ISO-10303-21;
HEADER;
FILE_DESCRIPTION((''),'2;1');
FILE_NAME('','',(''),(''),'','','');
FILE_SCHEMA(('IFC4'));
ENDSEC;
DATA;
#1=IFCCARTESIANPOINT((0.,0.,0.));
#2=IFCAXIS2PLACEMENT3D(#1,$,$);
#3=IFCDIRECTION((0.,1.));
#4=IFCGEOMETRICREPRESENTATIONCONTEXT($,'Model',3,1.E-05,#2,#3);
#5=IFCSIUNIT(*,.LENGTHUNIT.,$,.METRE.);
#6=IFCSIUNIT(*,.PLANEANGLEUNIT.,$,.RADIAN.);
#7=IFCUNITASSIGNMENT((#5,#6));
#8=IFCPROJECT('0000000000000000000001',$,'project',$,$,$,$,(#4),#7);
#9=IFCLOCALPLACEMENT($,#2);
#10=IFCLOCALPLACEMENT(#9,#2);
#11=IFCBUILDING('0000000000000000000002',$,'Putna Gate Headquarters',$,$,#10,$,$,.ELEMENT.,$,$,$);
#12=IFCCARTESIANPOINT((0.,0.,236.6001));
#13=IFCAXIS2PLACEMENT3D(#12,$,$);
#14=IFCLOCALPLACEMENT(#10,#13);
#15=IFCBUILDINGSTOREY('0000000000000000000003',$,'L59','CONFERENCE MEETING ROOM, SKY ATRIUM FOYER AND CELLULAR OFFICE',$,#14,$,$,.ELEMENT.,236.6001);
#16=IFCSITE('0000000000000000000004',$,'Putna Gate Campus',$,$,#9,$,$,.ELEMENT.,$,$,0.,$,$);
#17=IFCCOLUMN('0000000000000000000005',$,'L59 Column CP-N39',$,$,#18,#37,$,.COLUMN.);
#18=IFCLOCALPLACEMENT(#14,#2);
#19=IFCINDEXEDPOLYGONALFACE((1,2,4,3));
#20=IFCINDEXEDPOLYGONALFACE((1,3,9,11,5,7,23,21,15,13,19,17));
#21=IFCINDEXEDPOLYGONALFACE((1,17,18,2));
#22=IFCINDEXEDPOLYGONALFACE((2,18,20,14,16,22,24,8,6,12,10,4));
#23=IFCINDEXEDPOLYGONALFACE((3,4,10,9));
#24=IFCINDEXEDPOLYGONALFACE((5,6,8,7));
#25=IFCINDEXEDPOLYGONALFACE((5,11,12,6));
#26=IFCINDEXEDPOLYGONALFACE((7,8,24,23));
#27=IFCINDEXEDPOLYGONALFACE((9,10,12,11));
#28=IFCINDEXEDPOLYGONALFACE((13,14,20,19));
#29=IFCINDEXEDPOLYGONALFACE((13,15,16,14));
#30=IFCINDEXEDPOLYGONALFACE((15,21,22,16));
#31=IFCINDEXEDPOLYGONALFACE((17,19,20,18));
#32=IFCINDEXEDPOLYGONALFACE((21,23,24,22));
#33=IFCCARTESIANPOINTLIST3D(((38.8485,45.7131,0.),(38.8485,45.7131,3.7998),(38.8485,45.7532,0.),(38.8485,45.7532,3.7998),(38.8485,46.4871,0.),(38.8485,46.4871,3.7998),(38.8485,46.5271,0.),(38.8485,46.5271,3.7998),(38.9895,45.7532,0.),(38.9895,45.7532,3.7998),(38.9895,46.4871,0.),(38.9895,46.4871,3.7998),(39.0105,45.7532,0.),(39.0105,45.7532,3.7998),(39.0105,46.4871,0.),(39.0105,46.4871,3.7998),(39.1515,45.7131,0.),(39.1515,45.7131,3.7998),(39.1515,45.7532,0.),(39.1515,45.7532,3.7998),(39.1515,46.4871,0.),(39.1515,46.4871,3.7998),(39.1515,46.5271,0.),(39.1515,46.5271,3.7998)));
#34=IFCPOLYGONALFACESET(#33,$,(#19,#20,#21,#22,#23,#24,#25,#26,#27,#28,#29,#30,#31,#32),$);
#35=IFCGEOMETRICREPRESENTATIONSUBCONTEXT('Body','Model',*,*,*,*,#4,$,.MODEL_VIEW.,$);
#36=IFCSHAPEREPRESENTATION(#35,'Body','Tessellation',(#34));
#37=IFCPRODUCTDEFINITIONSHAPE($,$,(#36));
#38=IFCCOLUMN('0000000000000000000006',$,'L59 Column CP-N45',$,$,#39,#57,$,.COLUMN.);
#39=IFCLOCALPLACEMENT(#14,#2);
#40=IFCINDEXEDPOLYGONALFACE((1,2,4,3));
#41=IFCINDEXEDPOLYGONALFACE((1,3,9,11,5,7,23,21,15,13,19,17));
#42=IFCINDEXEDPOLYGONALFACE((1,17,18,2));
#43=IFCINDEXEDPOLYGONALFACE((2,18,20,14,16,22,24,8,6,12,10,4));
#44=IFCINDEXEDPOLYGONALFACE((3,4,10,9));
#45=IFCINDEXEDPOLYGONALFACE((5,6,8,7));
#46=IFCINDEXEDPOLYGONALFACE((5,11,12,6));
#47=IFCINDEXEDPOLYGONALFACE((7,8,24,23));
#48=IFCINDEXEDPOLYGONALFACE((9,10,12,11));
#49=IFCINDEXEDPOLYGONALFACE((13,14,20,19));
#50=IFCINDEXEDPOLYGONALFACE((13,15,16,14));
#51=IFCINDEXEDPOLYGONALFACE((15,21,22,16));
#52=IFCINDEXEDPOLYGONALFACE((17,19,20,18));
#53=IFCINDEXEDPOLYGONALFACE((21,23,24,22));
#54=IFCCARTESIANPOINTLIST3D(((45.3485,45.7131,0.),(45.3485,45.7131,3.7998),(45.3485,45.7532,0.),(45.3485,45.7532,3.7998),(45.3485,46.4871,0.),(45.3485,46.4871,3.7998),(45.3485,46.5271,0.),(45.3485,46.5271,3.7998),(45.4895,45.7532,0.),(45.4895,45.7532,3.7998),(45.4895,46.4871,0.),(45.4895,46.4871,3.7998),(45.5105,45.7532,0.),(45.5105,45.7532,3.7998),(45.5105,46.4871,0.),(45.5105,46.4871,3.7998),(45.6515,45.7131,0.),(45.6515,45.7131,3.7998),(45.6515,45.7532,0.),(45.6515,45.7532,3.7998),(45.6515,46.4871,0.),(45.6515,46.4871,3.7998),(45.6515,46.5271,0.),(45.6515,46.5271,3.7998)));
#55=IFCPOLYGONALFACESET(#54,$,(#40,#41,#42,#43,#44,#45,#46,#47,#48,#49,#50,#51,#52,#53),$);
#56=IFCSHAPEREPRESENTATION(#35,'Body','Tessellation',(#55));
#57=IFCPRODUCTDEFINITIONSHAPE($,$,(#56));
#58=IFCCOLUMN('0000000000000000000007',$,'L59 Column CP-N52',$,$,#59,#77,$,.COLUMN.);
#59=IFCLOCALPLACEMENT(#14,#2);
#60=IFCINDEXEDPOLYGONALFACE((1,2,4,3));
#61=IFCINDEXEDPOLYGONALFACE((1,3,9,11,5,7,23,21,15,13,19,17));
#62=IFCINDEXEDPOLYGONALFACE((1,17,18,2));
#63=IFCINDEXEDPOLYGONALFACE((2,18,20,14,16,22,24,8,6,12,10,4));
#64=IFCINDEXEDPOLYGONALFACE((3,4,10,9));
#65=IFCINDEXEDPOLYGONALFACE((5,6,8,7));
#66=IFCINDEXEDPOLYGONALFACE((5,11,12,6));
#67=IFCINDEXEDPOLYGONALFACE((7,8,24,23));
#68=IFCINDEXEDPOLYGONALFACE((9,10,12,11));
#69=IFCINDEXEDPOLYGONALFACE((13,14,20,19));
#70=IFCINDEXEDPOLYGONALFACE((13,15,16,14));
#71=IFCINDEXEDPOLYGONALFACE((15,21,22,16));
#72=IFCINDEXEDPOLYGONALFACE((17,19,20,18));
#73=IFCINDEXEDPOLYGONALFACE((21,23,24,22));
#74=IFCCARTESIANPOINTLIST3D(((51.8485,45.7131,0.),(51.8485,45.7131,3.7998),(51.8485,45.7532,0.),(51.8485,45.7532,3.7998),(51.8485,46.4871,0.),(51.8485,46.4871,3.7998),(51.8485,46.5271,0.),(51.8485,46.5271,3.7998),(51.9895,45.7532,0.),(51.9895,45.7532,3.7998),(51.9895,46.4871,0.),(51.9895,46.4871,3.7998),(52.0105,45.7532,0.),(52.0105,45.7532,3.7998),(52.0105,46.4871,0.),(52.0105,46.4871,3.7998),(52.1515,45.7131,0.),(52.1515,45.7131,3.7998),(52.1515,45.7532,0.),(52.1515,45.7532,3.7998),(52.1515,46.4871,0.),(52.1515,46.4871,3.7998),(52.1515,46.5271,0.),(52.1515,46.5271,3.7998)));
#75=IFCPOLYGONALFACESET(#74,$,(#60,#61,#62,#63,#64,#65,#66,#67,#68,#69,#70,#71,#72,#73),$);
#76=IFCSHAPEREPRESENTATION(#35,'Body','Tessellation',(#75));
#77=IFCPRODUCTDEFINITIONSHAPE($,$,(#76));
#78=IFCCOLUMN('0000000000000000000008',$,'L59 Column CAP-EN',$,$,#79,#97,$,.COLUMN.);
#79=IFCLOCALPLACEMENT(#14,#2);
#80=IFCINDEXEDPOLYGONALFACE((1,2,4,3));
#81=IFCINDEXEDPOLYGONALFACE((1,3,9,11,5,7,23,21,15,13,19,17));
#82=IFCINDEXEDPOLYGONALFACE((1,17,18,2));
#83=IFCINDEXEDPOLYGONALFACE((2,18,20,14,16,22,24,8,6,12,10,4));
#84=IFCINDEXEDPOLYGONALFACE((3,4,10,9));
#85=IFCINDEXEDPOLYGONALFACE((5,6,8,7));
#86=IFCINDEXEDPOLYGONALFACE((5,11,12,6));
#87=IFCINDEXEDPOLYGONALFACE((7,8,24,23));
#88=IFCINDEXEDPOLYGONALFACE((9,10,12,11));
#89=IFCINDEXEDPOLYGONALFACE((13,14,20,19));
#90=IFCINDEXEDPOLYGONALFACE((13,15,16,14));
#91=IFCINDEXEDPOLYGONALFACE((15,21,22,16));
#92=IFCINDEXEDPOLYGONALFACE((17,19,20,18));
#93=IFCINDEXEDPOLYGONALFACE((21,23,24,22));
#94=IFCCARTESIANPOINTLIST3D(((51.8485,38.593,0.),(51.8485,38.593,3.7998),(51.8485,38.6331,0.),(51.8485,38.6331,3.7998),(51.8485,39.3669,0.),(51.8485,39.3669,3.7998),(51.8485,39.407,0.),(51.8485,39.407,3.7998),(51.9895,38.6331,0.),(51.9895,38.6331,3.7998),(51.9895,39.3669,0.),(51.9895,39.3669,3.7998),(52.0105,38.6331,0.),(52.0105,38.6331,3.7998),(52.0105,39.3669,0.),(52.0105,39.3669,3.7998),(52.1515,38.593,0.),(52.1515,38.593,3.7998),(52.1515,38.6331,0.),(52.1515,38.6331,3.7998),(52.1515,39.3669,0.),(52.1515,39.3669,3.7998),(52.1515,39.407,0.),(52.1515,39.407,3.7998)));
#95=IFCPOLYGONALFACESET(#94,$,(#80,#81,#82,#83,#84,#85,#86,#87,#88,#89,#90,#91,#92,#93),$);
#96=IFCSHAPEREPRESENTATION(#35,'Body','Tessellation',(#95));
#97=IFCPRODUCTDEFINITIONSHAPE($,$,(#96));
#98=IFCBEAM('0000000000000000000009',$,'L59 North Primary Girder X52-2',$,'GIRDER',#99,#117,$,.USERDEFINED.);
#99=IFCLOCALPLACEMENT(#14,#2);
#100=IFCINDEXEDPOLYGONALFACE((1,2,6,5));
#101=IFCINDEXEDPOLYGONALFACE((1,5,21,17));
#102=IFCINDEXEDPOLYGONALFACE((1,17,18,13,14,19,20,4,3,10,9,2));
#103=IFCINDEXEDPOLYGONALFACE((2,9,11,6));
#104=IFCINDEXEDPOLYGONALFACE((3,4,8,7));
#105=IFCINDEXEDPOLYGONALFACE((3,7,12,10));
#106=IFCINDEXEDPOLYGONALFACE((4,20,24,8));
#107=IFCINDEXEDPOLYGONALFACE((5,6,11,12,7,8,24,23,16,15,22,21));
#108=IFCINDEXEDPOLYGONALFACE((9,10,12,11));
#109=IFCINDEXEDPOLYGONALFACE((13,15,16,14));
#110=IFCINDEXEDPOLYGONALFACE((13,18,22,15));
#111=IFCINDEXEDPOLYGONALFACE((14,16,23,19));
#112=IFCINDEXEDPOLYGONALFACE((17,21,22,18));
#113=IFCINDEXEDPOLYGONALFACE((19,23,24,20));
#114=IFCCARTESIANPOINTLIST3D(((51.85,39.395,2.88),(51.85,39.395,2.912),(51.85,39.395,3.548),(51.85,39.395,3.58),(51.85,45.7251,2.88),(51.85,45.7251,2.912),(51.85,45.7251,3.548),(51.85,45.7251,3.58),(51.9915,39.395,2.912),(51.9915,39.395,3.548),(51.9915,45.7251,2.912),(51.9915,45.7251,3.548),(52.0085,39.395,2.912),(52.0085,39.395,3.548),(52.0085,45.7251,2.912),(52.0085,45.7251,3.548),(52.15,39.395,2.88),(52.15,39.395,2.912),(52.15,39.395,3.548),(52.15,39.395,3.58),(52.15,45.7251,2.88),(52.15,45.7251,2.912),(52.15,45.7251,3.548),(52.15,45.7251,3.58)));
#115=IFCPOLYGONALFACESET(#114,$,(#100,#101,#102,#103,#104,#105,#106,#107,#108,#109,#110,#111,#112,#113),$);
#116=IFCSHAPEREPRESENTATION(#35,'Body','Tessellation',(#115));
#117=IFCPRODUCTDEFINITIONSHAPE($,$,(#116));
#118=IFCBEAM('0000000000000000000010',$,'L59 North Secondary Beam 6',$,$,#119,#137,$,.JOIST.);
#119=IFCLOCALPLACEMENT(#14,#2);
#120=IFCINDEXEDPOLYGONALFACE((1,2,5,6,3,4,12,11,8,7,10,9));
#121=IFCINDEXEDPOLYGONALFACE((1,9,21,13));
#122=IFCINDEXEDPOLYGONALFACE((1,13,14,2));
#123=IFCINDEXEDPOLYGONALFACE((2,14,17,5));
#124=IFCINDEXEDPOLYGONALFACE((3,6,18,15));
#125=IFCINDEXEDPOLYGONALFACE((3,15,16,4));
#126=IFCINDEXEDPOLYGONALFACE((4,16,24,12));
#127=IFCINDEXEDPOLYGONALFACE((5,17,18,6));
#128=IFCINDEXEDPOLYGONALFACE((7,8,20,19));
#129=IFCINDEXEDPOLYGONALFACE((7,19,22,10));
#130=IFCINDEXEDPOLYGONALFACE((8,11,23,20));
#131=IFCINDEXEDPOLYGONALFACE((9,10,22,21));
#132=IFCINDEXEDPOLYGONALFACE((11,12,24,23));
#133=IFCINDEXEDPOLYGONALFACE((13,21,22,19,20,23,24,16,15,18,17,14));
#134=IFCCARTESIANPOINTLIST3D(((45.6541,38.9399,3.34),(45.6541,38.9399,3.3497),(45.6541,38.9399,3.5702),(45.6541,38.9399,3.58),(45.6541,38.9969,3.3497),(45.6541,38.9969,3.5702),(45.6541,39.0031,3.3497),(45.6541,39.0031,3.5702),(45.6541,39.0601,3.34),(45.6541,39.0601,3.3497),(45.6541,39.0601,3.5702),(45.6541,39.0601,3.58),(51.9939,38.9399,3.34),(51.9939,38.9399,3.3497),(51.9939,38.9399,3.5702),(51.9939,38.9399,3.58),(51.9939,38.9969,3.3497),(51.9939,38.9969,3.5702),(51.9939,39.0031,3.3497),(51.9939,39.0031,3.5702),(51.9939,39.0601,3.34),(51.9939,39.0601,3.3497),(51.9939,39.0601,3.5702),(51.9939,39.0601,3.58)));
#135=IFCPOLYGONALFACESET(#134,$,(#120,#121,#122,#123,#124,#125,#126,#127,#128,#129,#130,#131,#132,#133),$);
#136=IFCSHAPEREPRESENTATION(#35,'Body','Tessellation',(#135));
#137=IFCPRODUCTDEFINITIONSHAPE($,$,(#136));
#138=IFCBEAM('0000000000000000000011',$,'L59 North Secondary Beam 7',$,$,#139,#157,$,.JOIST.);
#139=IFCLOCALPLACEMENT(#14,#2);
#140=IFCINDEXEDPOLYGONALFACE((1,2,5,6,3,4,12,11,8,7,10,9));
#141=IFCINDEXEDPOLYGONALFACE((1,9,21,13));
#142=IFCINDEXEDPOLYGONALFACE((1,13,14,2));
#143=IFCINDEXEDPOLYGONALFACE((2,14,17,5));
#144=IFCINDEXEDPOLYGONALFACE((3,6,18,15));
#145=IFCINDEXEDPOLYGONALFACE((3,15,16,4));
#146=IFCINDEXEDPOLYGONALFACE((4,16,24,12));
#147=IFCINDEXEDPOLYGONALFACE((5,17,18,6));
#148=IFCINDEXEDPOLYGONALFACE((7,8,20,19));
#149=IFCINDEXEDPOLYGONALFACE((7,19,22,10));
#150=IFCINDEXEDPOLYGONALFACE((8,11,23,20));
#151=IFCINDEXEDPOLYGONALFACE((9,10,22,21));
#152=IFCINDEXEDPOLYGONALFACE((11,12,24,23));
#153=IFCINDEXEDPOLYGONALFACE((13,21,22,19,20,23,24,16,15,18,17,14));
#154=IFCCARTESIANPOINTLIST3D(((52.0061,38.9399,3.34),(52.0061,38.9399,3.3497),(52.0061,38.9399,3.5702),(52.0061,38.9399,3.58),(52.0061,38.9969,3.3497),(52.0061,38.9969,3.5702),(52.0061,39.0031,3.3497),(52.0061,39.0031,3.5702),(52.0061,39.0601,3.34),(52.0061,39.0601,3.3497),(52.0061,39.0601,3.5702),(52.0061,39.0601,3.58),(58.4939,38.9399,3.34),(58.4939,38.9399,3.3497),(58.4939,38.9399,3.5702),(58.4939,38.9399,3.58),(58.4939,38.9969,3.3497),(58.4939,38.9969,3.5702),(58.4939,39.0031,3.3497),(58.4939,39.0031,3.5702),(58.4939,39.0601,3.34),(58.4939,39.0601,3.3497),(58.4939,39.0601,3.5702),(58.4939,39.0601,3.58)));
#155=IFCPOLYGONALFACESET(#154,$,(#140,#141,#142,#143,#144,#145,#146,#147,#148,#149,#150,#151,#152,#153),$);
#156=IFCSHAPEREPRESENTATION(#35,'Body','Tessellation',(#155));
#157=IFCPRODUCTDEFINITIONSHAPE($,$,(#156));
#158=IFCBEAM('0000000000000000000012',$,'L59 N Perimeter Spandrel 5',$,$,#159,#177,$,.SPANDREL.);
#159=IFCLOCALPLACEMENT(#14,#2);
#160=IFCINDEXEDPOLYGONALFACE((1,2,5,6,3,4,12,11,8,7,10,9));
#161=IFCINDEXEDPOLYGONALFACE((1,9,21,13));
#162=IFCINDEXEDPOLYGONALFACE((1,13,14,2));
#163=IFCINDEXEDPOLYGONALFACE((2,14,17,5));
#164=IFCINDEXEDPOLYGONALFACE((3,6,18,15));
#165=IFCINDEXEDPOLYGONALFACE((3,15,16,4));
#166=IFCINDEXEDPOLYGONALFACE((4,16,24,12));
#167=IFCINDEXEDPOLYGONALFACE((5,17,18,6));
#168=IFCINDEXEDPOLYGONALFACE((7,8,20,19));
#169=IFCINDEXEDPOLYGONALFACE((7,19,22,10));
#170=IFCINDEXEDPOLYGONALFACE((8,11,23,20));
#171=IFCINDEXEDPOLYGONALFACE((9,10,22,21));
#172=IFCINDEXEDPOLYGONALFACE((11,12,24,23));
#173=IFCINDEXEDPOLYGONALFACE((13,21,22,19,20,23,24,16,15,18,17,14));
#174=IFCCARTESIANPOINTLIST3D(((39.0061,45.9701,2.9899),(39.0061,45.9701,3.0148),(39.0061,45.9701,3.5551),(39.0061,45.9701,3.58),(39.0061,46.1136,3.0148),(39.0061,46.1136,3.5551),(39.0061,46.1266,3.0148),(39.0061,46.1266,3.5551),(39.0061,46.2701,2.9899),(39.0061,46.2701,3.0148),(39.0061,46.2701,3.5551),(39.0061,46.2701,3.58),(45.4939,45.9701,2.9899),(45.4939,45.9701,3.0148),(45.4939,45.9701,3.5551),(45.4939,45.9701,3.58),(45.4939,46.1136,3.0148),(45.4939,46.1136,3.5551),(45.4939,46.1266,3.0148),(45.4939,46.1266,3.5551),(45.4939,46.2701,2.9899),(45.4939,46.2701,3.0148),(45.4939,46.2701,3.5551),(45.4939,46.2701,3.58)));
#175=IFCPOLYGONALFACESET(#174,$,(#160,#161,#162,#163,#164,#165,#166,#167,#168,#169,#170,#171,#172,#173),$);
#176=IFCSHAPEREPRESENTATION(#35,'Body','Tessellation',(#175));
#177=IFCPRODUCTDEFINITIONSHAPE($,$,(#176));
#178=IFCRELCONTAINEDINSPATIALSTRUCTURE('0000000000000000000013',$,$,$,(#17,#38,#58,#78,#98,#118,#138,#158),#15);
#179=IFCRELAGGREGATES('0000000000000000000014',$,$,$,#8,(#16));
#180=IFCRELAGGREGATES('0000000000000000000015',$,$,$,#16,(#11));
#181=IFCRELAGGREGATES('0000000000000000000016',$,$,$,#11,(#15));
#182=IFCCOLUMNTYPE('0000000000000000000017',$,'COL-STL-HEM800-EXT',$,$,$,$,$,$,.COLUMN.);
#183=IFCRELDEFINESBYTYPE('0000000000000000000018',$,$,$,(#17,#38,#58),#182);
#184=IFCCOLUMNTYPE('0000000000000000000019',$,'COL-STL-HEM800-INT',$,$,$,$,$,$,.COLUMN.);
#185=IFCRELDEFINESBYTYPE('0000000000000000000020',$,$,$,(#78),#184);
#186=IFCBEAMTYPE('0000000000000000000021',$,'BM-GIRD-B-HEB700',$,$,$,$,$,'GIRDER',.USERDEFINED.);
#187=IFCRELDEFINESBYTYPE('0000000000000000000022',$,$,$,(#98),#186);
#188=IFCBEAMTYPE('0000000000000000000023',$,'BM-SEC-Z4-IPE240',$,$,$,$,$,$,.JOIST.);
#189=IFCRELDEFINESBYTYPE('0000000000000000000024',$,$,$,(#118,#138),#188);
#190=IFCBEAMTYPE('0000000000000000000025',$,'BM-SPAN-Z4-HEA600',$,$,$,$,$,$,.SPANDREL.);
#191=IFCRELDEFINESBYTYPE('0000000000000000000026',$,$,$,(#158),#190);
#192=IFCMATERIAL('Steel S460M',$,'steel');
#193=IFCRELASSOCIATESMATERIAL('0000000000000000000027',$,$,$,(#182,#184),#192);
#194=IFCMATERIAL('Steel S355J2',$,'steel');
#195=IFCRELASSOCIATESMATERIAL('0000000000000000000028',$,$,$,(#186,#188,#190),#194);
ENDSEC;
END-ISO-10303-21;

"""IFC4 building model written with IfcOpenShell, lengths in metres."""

from ifc_helpers import new_model, si_unit, direction, frame, origin, origin_2d, place, context, subcontext, project, spatial, i_section, extrude, material, material_profile, profile_set, type_object, element, save


model = new_model("IFC4")

# Units and contexts
model_context = context("Model", 3, precision=1e-05, world=origin(), true_north=direction((0.0, 1.0)))
body_context = subcontext(model_context, "Body", "Model", "MODEL_VIEW")
ifc_project = project(units=[si_unit("LENGTHUNIT", "METRE"), si_unit("PLANEANGLEUNIT", "RADIAN")], contexts=[model_context])

# Site, building, storey
site_placement = place(None, origin())
site = spatial("IfcSite", under=ifc_project, at=site_placement, Name="Putna Gate Campus", CompositionType="ELEMENT", RefElevation=0.0)
building_placement = place(site_placement, origin())
building = spatial("IfcBuilding", under=site, at=building_placement, Name="Putna Gate Headquarters", CompositionType="ELEMENT")
storey_placement = place(building_placement, frame((0.0, 0.0, 236.6001)))
storey = spatial("IfcBuildingStorey", under=building, at=storey_placement, Name="L59", Description="CONFERENCE MEETING ROOM, SKY ATRIUM FOYER AND CELLULAR OFFICE", CompositionType="ELEMENT", Elevation=236.6001)

# Columns
ifc_material_1 = material(Name="Steel S460M", Category="steel")
ifc_material_profile_1 = material_profile(ifc_material_1, i_section(OverallWidth=0.303, OverallDepth=0.814, WebThickness=0.021, FlangeThickness=0.04, at=origin_2d()), Name="Steel S460M")
ifc_profile_set_1 = profile_set([ifc_material_profile_1], Name="Steel S460M")
column_type_1 = type_object("IfcColumnType", Name="COL-STL-HEM800-EXT", PredefinedType="COLUMN", material=ifc_profile_set_1)
for number, where, z_axis, x_axis, name in (
    (1, (39.0, 46.1201, 0.0), (0.0, 0.0, 1.0), (1.0, 0.0, 0.0), "L59 Column CP-N39"),
    (2, (45.5, 46.1201, 0.0), (0.0, 0.0, 1.0), (1.0, 0.0, 0.0), "L59 Column CP-N45"),
    (3, (52.0, 46.1201, 0.0), (0.0, 0.0, 1.0), (1.0, 0.0, 0.0), "L59 Column CP-N52"),
):
    element("IfcColumn", number, at=place(storey_placement, frame(where, z_axis=z_axis, x_axis=x_axis)), inside=storey, type_object=column_type_1, Name=name, PredefinedType="COLUMN", context=body_context, shape_type="SweptSolid", body=[
        extrude(i_section(OverallWidth=0.303, OverallDepth=0.814, WebThickness=0.021, FlangeThickness=0.04, at=origin_2d()), origin(), (0.0, 0.0, 1.0), 3.7998),
    ])
ifc_material_profile_2 = material_profile(ifc_material_1, i_section(OverallWidth=0.303, OverallDepth=0.814, WebThickness=0.021, FlangeThickness=0.04, at=origin_2d()), Name="Steel S460M")
ifc_profile_set_2 = profile_set([ifc_material_profile_2], Name="Steel S460M")
column_type_2 = type_object("IfcColumnType", Name="COL-STL-HEM800-INT", PredefinedType="COLUMN", material=ifc_profile_set_2)
column_placement = place(storey_placement, frame((52.0, 39.0, 0.0), z_axis=(0.0, 0.0, 1.0), x_axis=(1.0, 0.0, 0.0)))
element("IfcColumn", 4, at=column_placement, inside=storey, type_object=column_type_2, Name="L59 Column CAP-EN", PredefinedType="COLUMN", context=body_context, shape_type="SweptSolid", body=[
    extrude(i_section(OverallWidth=0.303, OverallDepth=0.814, WebThickness=0.021, FlangeThickness=0.04, at=origin_2d()), origin(), (0.0, 0.0, 1.0), 3.7998),
])

# Beams
ifc_material_2 = material(Name="Steel S355J2", Category="steel")
ifc_material_profile_3 = material_profile(ifc_material_2, i_section(OverallWidth=0.3, OverallDepth=0.7, WebThickness=0.0171, FlangeThickness=0.032, at=origin_2d()), Name="Steel S355J2")
ifc_profile_set_3 = profile_set([ifc_material_profile_3], Name="Steel S355J2")
beam_type_1 = type_object("IfcBeamType", Name="BM-GIRD-B-HEB700", ElementType="GIRDER", PredefinedType="USERDEFINED", material=ifc_profile_set_3)
beam_1_placement = place(storey_placement, frame((52.0, 39.395, 3.23), z_axis=(0.0, 1.0, 0.0), x_axis=(-1.0, 0.0, 0.0)))
element("IfcBeam", 5, at=beam_1_placement, inside=storey, type_object=beam_type_1, Name="L59 North Primary Girder X52-2", ObjectType="GIRDER", PredefinedType="USERDEFINED", context=body_context, shape_type="SweptSolid", body=[
    extrude(i_section(OverallWidth=0.3, OverallDepth=0.7, WebThickness=0.0171, FlangeThickness=0.032, at=origin_2d()), origin(), (0.0, 0.0, 1.0), 6.3301),
])
ifc_material_profile_4 = material_profile(ifc_material_2, i_section(OverallWidth=0.1201, OverallDepth=0.24, WebThickness=0.0061, FlangeThickness=0.0098, at=origin_2d()), Name="Steel S355J2")
ifc_profile_set_4 = profile_set([ifc_material_profile_4], Name="Steel S355J2")
beam_type_2 = type_object("IfcBeamType", Name="BM-SEC-Z4-IPE240", PredefinedType="JOIST", material=ifc_profile_set_4)
beam_2_placement = place(storey_placement, frame((45.6541, 39.0, 3.46), z_axis=(1.0, 0.0, 0.0), x_axis=(0.0, 1.0, 0.0)))
element("IfcBeam", 6, at=beam_2_placement, inside=storey, type_object=beam_type_2, Name="L59 North Secondary Beam 6", PredefinedType="JOIST", context=body_context, shape_type="SweptSolid", body=[
    extrude(i_section(OverallWidth=0.1201, OverallDepth=0.24, WebThickness=0.0061, FlangeThickness=0.0098, at=origin_2d()), origin(), (0.0, 0.0, 1.0), 6.3398),
])
beam_3_placement = place(storey_placement, frame((52.0061, 39.0, 3.46), z_axis=(1.0, 0.0, 0.0), x_axis=(0.0, 1.0, 0.0)))
element("IfcBeam", 7, at=beam_3_placement, inside=storey, type_object=beam_type_2, Name="L59 North Secondary Beam 7", PredefinedType="JOIST", context=body_context, shape_type="SweptSolid", body=[
    extrude(i_section(OverallWidth=0.1201, OverallDepth=0.24, WebThickness=0.0061, FlangeThickness=0.0098, at=origin_2d()), origin(), (0.0, 0.0, 1.0), 6.4878),
])
ifc_material_profile_5 = material_profile(ifc_material_2, i_section(OverallWidth=0.3, OverallDepth=0.5901, WebThickness=0.0129, FlangeThickness=0.0249, at=origin_2d()), Name="Steel S355J2")
ifc_profile_set_5 = profile_set([ifc_material_profile_5], Name="Steel S355J2")
beam_type_3 = type_object("IfcBeamType", Name="BM-SPAN-Z4-HEA600", PredefinedType="SPANDREL", material=ifc_profile_set_5)
for number, where, z_axis, x_axis, name in (
    (8, (39.0061, 46.1201, 3.2849), (1.0, 0.0, 0.0), (0.0, 1.0, 0.0), "L59 N Perimeter Spandrel 5"),
):
    element("IfcBeam", number, at=place(storey_placement, frame(where, z_axis=z_axis, x_axis=x_axis)), inside=storey, type_object=beam_type_3, Name=name, PredefinedType="SPANDREL", context=body_context, shape_type="SweptSolid", body=[
        extrude(i_section(OverallWidth=0.3, OverallDepth=0.5901, WebThickness=0.0129, FlangeThickness=0.0249, at=origin_2d()), origin(), (0.0, 0.0, 1.0), 6.4878),
    ])

save(model, "model.ifc")
